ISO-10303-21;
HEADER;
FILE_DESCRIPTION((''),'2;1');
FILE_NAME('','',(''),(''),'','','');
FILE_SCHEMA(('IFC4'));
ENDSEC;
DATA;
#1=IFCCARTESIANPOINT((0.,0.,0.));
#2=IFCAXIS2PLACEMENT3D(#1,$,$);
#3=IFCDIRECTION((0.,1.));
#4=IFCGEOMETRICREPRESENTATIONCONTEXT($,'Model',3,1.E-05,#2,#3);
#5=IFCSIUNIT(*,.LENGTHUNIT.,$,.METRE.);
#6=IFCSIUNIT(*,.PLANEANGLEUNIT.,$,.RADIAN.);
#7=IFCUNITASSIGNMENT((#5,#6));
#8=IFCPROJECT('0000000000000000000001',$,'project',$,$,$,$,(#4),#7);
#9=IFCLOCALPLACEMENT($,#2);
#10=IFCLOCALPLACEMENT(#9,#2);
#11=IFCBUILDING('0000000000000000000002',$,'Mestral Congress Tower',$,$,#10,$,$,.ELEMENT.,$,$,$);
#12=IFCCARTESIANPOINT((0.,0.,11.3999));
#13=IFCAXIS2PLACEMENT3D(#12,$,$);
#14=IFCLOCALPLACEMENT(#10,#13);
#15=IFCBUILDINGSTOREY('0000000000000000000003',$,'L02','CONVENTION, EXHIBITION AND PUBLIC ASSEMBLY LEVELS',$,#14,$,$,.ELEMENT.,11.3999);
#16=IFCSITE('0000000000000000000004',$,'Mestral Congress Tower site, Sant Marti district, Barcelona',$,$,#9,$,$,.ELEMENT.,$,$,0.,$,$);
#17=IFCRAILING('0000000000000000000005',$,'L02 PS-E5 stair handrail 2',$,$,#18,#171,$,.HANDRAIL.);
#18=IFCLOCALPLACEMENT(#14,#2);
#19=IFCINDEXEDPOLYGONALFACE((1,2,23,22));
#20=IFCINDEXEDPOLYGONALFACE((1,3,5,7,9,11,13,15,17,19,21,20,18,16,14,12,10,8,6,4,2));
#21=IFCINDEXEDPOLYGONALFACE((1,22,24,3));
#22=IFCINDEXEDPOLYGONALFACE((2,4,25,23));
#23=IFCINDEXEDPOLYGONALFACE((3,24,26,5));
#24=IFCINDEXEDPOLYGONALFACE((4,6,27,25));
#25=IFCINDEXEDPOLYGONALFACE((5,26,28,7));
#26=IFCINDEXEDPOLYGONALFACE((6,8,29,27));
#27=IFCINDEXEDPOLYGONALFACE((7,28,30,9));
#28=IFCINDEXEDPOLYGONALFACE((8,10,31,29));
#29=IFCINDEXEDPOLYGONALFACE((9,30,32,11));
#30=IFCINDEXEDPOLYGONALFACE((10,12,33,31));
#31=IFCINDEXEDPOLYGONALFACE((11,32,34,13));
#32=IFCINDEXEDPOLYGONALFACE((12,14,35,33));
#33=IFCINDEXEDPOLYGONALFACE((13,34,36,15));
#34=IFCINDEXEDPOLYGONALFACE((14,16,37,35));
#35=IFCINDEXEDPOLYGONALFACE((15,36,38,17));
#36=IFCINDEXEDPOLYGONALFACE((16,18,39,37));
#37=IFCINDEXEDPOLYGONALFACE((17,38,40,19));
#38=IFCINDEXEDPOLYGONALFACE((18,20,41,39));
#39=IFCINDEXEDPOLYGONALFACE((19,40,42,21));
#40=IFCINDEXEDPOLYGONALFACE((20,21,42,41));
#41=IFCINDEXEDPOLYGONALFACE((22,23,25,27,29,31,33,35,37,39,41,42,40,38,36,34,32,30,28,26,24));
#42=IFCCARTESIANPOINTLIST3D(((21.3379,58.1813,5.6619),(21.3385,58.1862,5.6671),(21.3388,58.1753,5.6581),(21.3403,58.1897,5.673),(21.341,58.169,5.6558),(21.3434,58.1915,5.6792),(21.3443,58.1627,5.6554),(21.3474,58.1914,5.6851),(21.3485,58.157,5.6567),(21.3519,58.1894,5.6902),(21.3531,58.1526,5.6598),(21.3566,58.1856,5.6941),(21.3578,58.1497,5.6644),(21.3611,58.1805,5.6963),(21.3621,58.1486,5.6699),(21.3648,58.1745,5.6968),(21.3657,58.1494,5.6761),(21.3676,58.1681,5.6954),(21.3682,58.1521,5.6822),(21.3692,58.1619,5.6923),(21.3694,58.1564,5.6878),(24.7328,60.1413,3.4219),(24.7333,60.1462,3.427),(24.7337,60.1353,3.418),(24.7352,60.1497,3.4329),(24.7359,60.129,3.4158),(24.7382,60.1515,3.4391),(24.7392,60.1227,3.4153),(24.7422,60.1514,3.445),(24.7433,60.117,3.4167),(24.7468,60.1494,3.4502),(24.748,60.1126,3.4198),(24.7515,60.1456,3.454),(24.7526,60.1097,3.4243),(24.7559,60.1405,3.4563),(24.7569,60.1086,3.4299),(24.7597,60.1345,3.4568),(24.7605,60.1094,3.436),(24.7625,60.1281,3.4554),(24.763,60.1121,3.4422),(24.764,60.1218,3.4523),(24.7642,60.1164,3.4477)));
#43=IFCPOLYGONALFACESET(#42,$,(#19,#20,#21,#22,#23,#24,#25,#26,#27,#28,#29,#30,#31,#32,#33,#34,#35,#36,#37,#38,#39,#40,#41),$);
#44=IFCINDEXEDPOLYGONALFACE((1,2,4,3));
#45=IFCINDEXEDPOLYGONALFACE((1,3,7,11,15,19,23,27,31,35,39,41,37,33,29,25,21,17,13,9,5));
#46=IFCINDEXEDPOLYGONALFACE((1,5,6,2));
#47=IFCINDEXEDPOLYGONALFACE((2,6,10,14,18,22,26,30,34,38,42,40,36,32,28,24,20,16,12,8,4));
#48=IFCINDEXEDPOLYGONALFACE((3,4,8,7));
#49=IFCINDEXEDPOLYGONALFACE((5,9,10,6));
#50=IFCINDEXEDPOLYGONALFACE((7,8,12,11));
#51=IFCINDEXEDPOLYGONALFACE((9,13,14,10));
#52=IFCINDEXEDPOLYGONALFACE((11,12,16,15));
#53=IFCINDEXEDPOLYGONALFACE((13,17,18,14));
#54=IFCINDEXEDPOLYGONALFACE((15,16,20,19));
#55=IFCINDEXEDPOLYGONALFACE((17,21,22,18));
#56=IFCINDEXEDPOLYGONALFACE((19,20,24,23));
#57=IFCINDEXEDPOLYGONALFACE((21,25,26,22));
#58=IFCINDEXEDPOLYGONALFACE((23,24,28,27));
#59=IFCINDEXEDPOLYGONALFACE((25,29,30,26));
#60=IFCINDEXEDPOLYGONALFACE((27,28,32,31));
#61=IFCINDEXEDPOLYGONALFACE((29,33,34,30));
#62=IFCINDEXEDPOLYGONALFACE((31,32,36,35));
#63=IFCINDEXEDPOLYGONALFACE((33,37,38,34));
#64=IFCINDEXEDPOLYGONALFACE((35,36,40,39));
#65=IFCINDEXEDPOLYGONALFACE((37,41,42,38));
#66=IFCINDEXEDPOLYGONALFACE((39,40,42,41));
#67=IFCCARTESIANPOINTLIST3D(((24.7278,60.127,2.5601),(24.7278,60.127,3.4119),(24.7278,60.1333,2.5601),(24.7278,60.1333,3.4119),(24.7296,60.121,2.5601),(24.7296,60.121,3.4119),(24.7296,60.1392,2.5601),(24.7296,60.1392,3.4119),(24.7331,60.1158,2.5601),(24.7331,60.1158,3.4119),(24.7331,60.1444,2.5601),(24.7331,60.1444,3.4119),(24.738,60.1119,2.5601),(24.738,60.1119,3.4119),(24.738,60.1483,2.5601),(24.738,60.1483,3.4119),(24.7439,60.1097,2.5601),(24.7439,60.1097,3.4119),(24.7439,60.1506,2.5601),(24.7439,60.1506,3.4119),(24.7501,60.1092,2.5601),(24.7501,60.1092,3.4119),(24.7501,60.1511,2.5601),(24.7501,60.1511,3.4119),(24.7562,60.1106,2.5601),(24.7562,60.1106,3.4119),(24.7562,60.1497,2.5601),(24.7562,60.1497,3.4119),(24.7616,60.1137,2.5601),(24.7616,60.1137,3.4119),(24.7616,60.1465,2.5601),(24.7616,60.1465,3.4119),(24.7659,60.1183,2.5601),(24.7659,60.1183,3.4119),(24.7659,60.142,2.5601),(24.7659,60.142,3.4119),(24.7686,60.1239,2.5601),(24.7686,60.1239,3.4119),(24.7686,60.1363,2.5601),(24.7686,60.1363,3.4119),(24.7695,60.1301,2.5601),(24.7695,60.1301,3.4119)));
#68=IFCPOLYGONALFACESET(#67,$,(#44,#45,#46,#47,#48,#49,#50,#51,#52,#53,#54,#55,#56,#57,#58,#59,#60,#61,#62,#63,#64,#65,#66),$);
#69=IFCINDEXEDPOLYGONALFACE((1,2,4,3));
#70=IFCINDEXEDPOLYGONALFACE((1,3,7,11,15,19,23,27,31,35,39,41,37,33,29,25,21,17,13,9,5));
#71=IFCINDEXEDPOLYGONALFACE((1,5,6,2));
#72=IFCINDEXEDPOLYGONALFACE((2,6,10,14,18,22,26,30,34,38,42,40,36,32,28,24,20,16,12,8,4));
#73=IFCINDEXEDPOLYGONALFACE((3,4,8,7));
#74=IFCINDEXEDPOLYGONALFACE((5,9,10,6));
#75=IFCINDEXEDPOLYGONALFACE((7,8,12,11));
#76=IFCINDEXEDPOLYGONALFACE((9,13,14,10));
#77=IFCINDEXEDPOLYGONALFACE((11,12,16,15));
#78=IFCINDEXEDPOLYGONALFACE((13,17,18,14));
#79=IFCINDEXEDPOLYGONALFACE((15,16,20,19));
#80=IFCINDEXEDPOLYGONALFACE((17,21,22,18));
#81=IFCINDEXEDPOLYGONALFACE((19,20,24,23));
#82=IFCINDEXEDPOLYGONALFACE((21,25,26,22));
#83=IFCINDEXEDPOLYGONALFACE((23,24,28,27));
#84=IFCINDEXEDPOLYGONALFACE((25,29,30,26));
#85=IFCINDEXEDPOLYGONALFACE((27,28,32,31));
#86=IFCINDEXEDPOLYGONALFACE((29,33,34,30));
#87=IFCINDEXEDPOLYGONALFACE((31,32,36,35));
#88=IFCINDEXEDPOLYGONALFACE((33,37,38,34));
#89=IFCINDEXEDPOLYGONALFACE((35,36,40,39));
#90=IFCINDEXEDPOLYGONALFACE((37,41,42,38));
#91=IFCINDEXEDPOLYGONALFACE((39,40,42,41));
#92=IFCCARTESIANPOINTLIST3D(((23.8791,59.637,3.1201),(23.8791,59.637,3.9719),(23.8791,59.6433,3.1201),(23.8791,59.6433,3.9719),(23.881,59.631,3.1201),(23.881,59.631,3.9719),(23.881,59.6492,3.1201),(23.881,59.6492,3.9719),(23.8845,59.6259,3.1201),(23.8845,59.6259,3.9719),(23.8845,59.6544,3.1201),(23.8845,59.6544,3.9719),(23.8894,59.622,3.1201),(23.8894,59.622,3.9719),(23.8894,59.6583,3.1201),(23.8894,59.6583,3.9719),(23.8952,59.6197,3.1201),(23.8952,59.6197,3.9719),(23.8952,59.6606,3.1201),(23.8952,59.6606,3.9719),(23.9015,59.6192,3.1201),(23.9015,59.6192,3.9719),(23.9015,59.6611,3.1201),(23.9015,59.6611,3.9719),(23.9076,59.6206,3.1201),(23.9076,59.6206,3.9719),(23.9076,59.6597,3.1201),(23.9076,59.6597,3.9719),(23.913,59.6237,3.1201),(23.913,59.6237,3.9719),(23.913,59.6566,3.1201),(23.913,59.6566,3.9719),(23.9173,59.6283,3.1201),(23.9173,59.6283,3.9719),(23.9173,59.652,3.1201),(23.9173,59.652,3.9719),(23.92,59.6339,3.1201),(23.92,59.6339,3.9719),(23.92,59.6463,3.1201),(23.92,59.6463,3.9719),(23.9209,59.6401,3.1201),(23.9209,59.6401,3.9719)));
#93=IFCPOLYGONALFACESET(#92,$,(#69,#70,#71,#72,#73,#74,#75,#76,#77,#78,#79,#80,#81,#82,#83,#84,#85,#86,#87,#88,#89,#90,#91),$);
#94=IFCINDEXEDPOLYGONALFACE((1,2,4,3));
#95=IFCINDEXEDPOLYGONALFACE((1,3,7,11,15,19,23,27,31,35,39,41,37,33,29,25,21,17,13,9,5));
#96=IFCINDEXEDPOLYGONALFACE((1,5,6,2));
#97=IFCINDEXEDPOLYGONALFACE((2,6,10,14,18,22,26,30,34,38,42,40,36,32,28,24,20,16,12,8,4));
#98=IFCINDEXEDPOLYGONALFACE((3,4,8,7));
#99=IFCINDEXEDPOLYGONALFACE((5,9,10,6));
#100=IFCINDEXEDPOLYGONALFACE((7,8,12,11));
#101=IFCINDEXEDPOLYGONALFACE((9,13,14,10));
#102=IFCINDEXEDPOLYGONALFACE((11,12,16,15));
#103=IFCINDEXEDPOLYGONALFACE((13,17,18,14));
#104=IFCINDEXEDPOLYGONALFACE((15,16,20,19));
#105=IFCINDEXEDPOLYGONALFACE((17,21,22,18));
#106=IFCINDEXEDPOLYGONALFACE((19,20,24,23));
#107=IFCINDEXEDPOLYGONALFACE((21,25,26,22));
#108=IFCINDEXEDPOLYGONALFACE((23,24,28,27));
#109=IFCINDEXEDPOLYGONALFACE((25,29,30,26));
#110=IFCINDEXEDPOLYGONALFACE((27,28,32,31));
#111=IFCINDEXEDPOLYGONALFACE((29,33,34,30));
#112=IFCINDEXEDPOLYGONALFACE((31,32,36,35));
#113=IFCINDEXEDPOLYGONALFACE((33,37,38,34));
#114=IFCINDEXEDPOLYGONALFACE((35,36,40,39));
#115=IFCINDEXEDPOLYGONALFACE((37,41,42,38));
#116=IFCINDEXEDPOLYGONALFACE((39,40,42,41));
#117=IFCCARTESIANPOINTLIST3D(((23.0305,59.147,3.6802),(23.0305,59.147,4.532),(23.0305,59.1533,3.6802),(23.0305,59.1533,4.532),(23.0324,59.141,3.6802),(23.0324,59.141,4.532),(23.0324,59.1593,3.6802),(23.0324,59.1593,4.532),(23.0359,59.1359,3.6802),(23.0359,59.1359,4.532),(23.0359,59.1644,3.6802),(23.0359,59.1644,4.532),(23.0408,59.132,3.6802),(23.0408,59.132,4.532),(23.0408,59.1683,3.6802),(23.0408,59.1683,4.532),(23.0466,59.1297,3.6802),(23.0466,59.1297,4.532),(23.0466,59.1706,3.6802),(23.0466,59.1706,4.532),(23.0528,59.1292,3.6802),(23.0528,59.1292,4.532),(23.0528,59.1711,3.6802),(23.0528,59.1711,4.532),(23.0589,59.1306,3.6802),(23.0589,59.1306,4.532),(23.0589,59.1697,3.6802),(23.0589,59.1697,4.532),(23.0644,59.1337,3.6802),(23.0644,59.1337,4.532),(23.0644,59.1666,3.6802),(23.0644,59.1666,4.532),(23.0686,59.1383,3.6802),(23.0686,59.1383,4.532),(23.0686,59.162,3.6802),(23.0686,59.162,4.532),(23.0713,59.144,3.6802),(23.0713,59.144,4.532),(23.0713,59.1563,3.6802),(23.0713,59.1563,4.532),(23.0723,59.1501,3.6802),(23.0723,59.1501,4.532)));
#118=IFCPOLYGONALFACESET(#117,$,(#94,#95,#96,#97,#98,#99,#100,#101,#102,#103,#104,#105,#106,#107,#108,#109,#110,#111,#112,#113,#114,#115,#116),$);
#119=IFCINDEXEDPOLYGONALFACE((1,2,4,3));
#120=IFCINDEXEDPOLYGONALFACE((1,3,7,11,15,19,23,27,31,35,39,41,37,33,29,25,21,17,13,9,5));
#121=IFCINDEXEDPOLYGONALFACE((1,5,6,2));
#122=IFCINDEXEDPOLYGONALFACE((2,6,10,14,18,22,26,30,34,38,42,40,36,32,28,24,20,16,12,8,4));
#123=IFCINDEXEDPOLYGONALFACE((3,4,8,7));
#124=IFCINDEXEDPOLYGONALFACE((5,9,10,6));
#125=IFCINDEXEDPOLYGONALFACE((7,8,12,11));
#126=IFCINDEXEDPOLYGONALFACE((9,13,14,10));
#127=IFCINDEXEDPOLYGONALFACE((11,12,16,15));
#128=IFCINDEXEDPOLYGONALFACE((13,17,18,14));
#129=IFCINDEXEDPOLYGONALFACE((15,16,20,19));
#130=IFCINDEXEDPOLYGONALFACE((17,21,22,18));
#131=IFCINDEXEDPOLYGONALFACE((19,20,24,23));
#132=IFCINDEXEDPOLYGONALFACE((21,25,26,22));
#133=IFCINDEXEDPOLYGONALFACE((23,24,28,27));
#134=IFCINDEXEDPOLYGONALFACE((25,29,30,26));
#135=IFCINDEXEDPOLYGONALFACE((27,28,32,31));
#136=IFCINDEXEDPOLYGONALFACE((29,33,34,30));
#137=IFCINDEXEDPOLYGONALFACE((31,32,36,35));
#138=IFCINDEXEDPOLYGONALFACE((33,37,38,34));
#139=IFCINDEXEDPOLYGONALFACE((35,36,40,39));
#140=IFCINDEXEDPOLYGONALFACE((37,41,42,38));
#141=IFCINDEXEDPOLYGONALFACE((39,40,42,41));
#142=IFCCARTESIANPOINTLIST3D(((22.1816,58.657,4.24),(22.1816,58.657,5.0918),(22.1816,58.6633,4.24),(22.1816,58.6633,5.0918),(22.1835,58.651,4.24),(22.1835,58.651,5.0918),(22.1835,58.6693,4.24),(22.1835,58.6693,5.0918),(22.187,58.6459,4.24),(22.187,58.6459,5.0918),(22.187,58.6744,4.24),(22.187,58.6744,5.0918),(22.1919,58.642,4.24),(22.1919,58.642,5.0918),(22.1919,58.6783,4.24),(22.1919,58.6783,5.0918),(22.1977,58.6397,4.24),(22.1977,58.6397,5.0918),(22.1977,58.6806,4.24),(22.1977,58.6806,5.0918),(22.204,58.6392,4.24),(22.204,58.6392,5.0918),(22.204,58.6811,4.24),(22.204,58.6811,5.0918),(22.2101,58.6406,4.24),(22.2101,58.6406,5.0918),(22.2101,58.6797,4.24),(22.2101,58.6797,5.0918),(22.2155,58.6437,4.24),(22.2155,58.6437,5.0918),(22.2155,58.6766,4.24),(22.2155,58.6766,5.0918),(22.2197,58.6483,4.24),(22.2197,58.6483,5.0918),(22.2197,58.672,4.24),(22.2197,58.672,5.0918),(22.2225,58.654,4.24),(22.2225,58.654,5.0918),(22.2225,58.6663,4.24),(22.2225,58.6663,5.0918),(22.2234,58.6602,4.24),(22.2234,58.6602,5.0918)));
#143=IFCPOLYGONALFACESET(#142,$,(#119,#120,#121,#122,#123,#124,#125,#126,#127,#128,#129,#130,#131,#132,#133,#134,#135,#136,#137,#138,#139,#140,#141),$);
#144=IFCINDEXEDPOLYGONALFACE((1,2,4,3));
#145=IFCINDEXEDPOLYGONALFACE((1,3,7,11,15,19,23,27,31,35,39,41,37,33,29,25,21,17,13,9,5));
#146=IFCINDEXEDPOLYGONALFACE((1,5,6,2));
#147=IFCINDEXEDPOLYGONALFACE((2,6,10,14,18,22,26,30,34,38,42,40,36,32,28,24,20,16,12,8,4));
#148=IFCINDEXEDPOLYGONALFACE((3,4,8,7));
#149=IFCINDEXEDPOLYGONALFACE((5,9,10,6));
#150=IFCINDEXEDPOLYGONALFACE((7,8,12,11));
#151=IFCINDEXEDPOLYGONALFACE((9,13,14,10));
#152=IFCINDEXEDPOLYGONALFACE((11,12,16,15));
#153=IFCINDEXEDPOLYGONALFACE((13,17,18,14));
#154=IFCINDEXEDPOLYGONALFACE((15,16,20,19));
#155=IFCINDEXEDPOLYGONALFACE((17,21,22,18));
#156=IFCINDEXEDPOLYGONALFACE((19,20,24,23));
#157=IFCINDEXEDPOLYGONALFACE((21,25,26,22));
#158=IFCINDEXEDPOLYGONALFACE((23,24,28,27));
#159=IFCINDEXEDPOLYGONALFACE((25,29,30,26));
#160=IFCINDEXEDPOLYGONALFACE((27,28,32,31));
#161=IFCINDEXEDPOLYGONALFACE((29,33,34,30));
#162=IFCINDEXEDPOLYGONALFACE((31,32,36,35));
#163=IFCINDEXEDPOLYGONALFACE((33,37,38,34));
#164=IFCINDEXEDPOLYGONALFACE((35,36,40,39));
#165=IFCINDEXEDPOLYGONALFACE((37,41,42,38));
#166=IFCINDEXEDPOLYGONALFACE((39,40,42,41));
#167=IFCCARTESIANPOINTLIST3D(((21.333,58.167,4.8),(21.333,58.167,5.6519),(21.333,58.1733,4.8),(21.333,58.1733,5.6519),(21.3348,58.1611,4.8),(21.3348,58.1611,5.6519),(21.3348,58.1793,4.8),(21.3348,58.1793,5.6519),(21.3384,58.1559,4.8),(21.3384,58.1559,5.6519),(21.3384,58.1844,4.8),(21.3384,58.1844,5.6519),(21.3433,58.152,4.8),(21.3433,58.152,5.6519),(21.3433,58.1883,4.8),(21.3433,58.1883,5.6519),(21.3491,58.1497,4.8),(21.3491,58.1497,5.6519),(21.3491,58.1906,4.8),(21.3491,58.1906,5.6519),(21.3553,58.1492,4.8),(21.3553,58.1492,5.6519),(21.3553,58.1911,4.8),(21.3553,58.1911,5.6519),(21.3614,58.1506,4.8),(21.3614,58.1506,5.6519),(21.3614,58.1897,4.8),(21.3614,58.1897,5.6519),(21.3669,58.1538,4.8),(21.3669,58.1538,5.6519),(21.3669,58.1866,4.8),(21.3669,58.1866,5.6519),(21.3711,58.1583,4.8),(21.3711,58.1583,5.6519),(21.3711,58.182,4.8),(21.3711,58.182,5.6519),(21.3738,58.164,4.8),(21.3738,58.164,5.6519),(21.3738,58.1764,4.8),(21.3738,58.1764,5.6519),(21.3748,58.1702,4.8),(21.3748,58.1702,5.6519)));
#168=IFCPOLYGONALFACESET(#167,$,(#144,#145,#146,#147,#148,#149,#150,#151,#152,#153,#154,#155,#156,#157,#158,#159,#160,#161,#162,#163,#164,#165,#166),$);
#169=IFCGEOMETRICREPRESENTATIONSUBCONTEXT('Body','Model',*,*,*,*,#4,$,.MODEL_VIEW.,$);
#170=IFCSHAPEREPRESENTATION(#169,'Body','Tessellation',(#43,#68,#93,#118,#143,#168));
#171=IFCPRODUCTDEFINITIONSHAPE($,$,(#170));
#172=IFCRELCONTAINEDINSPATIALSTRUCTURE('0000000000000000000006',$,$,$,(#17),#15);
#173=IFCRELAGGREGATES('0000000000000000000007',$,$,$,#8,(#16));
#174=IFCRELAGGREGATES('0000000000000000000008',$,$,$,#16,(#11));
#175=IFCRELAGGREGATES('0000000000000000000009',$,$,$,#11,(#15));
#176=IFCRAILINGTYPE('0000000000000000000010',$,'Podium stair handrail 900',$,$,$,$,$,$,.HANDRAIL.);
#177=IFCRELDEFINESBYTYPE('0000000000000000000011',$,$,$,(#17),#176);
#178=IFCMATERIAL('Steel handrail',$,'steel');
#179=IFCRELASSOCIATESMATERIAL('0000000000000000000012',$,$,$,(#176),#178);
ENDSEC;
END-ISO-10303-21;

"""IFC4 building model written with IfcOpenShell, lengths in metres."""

from ifc_helpers import new_model, si_unit, direction, frame, origin, origin_2d, place, context, subcontext, project, spatial, circle, extrude, material, type_object, element, save


model = new_model("IFC4")

# Units and contexts
model_context = context("Model", 3, precision=1e-05, world=origin(), true_north=direction((0.0, 1.0)))
body_context = subcontext(model_context, "Body", "Model", "MODEL_VIEW")
ifc_project = project(units=[si_unit("LENGTHUNIT", "METRE"), si_unit("PLANEANGLEUNIT", "RADIAN")], contexts=[model_context])

# Site, building, storey
site_placement = place(None, origin())
site = spatial("IfcSite", under=ifc_project, at=site_placement, Name="Mestral Congress Tower site, Sant Marti district, Barcelona", CompositionType="ELEMENT", RefElevation=0.0)
building_placement = place(site_placement, origin())
building = spatial("IfcBuilding", under=site, at=building_placement, Name="Mestral Congress Tower", CompositionType="ELEMENT")
storey_placement = place(building_placement, frame((0.0, 0.0, 11.3999)))
storey = spatial("IfcBuildingStorey", under=building, at=storey_placement, Name="L02", Description="CONVENTION, EXHIBITION AND PUBLIC ASSEMBLY LEVELS", CompositionType="ELEMENT", Elevation=11.3999)

# Railing
ifc_material_1 = material(Name="Steel handrail", Category="steel")
railing_type_1 = type_object("IfcRailingType", Name="Podium stair handrail 900", PredefinedType="HANDRAIL", material=ifc_material_1)
railing_1_placement = place(storey_placement, frame((24.7485, 60.1301, 2.5601)))
element("IfcRailing", 1, at=railing_1_placement, inside=storey, type_object=railing_type_1, Name="L02 PS-E5 stair handrail 2", PredefinedType="HANDRAIL", context=body_context, shape_type="SweptSolid", body=[
    extrude(circle(Radius=0.0239, at=origin_2d()), frame((0.0, 0.0, 0.876), z_axis=(-0.75192, -0.434118, 0.496143), x_axis=(0.499997, -0.866027, 0.0)), (0.0, 0.0, 1.0), 4.5149),
    extrude(circle(Radius=0.021, at=origin_2d()), origin(), (0.0, 0.0, 1.0), 0.8518),
    extrude(circle(Radius=0.021, at=origin_2d()), frame((-0.8486, -0.49, 0.5601)), (0.0, 0.0, 1.0), 0.8518),
    extrude(circle(Radius=0.021, at=origin_2d()), frame((-1.6973, -0.98, 1.1201)), (0.0, 0.0, 1.0), 0.8518),
    extrude(circle(Radius=0.021, at=origin_2d()), frame((-2.5461, -1.47, 1.6799)), (0.0, 0.0, 1.0), 0.8518),
    extrude(circle(Radius=0.021, at=origin_2d()), frame((-3.3948, -1.96, 2.24)), (0.0, 0.0, 1.0), 0.8518),
])

save(model, "model.ifc")
